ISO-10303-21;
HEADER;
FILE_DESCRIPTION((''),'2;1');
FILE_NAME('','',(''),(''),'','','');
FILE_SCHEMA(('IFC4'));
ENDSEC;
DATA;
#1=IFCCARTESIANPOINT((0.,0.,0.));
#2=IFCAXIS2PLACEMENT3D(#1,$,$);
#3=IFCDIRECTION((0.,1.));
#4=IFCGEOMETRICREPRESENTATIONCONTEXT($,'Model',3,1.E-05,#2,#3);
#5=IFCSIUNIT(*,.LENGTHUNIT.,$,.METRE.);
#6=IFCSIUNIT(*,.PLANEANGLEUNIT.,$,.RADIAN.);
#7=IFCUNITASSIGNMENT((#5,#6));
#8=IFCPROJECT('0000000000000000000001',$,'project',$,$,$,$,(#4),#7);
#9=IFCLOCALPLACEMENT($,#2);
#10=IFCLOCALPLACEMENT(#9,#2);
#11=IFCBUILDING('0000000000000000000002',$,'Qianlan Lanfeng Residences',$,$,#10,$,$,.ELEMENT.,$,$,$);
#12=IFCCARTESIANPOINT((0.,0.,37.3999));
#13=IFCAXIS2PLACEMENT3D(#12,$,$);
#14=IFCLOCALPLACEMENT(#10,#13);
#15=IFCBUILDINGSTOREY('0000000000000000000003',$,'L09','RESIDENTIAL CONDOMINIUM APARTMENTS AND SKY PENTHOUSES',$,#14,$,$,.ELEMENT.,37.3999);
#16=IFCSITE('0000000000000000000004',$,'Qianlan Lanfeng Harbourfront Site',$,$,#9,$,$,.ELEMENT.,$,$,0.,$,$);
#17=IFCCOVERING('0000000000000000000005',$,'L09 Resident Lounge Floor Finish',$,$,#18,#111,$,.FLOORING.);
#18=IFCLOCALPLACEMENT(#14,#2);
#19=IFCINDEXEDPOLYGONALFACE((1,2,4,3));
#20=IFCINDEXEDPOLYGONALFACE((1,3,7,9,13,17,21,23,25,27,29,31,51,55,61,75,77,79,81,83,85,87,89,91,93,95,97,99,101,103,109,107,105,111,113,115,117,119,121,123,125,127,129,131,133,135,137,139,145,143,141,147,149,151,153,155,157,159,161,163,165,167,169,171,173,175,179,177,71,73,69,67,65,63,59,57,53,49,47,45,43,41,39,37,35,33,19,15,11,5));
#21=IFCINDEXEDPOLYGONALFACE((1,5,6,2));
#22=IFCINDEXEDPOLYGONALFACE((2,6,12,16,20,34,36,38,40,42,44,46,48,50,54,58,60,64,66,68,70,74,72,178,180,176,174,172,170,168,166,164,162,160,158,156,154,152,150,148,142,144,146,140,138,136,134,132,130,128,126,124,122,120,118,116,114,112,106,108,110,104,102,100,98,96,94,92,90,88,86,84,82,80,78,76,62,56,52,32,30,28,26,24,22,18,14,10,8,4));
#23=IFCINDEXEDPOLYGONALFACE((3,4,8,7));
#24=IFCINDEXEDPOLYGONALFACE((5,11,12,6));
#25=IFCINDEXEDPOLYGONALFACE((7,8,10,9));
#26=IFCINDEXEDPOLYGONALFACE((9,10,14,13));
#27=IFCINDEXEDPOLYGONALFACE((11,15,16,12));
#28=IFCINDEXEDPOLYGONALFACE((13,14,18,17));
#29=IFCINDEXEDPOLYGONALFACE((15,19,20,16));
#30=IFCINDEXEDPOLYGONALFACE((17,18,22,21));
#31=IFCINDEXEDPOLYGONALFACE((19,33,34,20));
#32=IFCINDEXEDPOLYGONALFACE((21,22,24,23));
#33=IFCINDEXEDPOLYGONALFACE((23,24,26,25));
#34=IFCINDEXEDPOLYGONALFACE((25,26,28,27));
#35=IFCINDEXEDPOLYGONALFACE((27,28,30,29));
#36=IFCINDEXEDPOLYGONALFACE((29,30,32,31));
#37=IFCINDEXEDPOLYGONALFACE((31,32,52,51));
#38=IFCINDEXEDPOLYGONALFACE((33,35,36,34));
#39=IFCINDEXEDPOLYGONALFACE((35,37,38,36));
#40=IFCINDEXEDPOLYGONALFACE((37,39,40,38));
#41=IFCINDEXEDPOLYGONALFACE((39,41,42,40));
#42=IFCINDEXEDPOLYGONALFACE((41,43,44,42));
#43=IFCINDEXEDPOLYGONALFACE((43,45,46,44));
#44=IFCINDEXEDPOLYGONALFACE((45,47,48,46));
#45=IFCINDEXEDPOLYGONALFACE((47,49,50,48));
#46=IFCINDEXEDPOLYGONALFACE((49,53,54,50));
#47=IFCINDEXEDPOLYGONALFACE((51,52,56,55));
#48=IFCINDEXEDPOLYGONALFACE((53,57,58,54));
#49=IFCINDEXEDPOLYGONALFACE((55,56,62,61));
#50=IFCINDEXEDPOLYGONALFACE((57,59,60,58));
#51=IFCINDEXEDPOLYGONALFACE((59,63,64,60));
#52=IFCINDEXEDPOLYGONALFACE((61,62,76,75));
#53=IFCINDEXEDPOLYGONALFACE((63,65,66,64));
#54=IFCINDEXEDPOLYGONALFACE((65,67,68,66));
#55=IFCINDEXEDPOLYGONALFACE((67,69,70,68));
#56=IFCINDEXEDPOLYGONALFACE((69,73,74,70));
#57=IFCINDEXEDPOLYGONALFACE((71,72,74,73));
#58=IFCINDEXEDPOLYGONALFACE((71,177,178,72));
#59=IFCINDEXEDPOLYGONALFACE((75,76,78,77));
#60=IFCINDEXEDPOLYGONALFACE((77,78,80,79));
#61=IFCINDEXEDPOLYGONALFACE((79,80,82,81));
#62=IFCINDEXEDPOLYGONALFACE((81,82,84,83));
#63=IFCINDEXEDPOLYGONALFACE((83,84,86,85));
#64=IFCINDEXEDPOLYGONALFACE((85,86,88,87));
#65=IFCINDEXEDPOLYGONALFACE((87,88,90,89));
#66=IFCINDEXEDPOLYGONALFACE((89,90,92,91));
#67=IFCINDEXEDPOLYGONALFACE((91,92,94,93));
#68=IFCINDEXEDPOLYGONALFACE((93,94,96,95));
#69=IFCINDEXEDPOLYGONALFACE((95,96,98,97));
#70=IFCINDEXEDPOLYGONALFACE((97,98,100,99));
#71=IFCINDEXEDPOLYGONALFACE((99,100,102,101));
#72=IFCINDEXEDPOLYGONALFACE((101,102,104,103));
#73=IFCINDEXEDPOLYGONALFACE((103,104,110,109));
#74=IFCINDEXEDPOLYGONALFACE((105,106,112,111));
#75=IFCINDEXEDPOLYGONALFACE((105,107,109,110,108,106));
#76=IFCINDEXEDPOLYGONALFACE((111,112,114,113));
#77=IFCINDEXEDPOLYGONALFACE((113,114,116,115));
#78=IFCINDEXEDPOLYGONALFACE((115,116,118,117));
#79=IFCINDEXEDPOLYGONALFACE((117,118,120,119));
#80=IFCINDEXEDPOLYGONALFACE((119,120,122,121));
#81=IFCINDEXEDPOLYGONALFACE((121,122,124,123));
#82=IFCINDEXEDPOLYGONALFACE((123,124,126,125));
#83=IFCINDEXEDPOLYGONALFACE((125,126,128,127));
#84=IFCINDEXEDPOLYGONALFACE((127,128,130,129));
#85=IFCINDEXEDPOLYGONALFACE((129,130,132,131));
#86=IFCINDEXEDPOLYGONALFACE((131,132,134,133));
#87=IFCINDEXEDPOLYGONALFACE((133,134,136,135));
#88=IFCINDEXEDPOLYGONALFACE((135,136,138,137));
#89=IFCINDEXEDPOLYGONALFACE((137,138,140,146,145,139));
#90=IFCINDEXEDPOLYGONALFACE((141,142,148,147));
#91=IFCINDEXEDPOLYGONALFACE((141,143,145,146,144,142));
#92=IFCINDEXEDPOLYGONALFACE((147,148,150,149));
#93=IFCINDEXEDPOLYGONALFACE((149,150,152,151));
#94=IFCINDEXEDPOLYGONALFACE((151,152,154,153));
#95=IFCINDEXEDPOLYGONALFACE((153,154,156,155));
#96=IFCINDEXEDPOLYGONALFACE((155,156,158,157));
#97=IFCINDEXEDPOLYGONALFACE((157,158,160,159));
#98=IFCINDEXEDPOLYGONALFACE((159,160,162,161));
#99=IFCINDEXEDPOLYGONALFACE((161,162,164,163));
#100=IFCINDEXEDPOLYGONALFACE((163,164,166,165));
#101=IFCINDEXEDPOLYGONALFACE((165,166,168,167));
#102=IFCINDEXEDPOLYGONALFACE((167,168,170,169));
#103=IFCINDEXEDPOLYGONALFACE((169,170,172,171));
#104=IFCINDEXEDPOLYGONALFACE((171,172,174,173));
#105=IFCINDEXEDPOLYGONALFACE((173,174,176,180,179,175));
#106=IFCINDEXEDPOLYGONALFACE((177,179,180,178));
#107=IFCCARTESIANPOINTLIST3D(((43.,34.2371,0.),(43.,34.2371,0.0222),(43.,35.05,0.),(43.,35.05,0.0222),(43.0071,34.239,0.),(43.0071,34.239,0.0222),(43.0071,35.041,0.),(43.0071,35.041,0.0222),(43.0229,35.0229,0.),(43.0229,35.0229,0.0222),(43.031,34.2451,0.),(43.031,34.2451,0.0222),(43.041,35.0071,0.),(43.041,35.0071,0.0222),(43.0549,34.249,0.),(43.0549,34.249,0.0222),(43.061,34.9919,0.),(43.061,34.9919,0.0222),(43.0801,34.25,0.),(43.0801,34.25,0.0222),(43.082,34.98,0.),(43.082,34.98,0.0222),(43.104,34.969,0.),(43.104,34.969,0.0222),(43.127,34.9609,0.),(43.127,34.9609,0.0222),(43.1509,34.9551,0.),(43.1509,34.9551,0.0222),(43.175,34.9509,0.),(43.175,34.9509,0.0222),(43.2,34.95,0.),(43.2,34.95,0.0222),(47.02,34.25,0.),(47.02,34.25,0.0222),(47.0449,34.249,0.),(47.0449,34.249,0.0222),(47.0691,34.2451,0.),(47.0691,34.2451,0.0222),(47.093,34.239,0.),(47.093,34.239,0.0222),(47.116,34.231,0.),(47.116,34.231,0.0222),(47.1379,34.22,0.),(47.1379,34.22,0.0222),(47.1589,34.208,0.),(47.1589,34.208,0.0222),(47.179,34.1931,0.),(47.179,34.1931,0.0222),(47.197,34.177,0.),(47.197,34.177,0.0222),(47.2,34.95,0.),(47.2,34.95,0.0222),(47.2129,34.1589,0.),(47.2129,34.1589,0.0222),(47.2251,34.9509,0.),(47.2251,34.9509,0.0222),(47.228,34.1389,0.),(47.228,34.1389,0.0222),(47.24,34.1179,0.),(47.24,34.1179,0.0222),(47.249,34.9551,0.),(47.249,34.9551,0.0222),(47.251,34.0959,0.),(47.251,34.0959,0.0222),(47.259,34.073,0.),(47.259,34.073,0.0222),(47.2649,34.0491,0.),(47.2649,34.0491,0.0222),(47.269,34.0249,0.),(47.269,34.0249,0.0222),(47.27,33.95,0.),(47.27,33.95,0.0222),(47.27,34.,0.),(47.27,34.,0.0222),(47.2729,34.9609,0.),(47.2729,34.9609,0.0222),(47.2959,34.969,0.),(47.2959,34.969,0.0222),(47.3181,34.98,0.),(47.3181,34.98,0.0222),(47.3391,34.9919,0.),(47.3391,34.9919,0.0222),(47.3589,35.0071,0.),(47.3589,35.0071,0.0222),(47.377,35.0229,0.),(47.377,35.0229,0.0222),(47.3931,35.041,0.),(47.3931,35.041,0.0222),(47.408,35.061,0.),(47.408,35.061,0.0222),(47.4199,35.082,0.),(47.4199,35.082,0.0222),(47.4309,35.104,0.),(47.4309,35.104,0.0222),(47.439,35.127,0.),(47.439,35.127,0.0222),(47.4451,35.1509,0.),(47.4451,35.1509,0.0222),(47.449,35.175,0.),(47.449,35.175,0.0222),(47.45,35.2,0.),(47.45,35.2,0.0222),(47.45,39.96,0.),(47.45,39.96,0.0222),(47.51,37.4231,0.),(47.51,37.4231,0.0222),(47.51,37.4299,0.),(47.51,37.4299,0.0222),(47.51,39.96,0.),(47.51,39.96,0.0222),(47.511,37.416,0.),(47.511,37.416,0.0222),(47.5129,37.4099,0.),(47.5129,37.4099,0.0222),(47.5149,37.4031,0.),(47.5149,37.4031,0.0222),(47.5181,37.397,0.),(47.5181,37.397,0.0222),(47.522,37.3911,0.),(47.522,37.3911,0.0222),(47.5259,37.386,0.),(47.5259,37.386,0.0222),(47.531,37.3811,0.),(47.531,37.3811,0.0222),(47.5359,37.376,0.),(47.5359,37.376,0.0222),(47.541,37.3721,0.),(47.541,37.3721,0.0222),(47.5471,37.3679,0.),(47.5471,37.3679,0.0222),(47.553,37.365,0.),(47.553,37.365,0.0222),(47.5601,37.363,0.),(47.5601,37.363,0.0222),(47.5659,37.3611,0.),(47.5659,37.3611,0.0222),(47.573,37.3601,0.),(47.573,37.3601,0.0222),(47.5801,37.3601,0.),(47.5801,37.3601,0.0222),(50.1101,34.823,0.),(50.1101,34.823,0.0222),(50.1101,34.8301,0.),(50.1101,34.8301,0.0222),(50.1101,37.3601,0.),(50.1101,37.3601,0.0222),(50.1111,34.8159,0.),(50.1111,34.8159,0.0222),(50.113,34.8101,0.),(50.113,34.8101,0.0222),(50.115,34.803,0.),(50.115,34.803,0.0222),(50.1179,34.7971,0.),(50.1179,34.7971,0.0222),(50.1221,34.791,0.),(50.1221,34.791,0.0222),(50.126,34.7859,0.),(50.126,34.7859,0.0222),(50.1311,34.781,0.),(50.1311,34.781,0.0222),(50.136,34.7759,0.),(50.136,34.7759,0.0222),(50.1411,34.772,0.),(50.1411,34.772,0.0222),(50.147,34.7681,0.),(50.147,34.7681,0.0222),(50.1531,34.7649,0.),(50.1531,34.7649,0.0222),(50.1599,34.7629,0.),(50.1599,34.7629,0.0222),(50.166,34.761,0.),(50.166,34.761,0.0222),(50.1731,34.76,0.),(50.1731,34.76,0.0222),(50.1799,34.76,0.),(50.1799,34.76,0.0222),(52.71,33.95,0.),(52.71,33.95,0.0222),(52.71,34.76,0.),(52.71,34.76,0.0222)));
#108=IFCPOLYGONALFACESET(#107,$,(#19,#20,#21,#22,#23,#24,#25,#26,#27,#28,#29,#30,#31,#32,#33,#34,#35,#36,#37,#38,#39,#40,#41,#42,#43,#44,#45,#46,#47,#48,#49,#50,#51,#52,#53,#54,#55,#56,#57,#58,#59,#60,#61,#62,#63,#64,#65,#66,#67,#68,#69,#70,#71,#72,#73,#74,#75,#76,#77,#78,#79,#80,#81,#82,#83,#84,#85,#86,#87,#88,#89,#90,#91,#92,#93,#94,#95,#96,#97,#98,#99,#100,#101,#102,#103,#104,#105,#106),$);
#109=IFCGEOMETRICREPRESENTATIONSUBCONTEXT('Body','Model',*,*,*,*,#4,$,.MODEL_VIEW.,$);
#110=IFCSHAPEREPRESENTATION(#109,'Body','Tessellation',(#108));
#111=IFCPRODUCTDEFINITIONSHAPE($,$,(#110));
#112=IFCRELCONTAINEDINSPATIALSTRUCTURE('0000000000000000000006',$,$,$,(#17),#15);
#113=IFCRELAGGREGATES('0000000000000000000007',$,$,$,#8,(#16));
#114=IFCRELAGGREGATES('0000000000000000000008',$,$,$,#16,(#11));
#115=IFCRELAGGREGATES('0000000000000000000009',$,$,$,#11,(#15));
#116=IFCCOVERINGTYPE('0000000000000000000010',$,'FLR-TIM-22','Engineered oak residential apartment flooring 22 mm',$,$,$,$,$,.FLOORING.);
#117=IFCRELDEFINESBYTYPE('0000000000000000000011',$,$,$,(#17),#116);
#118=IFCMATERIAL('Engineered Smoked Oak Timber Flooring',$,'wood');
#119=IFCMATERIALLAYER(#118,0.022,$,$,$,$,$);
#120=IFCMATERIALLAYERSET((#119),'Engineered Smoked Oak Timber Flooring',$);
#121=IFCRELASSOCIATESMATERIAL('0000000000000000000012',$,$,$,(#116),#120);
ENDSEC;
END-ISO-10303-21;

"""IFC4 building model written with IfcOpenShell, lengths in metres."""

from ifc_helpers import new_model, si_unit, direction, frame, origin, place, context, subcontext, project, spatial, polyline, outline, extrude, material, layer, layer_set, type_object, element, save


model = new_model("IFC4")

# Units and contexts
model_context = context("Model", 3, precision=1e-05, world=origin(), true_north=direction((0.0, 1.0)))
body_context = subcontext(model_context, "Body", "Model", "MODEL_VIEW")
ifc_project = project(units=[si_unit("LENGTHUNIT", "METRE"), si_unit("PLANEANGLEUNIT", "RADIAN")], contexts=[model_context])

# Site, building, storey
site_placement = place(None, origin())
site = spatial("IfcSite", under=ifc_project, at=site_placement, Name="Qianlan Lanfeng Harbourfront Site", CompositionType="ELEMENT", RefElevation=0.0)
building_placement = place(site_placement, origin())
building = spatial("IfcBuilding", under=site, at=building_placement, Name="Qianlan Lanfeng Residences", CompositionType="ELEMENT")
storey_placement = place(building_placement, frame((0.0, 0.0, 37.3999)))
storey = spatial("IfcBuildingStorey", under=building, at=storey_placement, Name="L09", Description="RESIDENTIAL CONDOMINIUM APARTMENTS AND SKY PENTHOUSES", CompositionType="ELEMENT", Elevation=37.3999)

# Covering
ifc_material_1 = material(Name="Engineered Smoked Oak Timber Flooring", Category="wood")
ifc_layer_1 = layer(ifc_material_1, 0.022)
ifc_layer_set_1 = layer_set([ifc_layer_1], Name="Engineered Smoked Oak Timber Flooring")
covering_type_1 = type_object("IfcCoveringType", Name="FLR-TIM-22", Description="Engineered oak residential apartment flooring 22 mm", PredefinedType="FLOORING", material=ifc_layer_set_1)
covering_1_placement = place(storey_placement, origin())
element("IfcCovering", 1, at=covering_1_placement, inside=storey, type_object=covering_type_1, Name="L09 Resident Lounge Floor Finish", PredefinedType="FLOORING", context=body_context, shape_type="SweptSolid", body=[
    extrude(outline(polyline([(43.0, 34.2371), (43.0071, 34.239), (43.031, 34.2451), (43.0549, 34.249), (43.0801, 34.25), (47.02, 34.25), (47.0449, 34.249), (47.0691, 34.2451), (47.093, 34.239), (47.116, 34.231), (47.1379, 34.22), (47.1589, 34.208), (47.179, 34.1931), (47.197, 34.177), (47.2129, 34.1589), (47.228, 34.1389), (47.24, 34.1179), (47.251, 34.0959), (47.259, 34.073), (47.2649, 34.0491), (47.269, 34.0249), (47.27, 34.0), (47.27, 33.95), (52.71, 33.95), (52.71, 34.76), (50.1799, 34.76), (50.1731, 34.76), (50.166, 34.761), (50.1599, 34.7629), (50.1531, 34.7649), (50.147, 34.7681), (50.1411, 34.772), (50.136, 34.7759), (50.1311, 34.781), (50.126, 34.7859), (50.1221, 34.791), (50.1179, 34.7971), (50.115, 34.803), (50.113, 34.8101), (50.1111, 34.8159), (50.1101, 34.823), (50.1101, 34.8301), (50.1101, 37.3601), (47.5801, 37.3601), (47.573, 37.3601), (47.5659, 37.3611), (47.5601, 37.363), (47.553, 37.365), (47.5471, 37.3679), (47.541, 37.3721), (47.5359, 37.376), (47.531, 37.3811), (47.5259, 37.386), (47.522, 37.3911), (47.5181, 37.397), (47.5149, 37.4031), (47.5129, 37.4099), (47.511, 37.416), (47.51, 37.4231), (47.51, 37.4299), (47.51, 39.96), (47.45, 39.96), (47.45, 35.2), (47.449, 35.175), (47.4451, 35.1509), (47.439, 35.127), (47.4309, 35.104), (47.4199, 35.082), (47.408, 35.061), (47.3931, 35.041), (47.377, 35.0229), (47.3589, 35.0071), (47.3391, 34.9919), (47.3181, 34.98), (47.2959, 34.969), (47.2729, 34.9609), (47.249, 34.9551), (47.2251, 34.9509), (47.2, 34.95), (43.2, 34.95), (43.175, 34.9509), (43.1509, 34.9551), (43.127, 34.9609), (43.104, 34.969), (43.082, 34.98), (43.061, 34.9919), (43.041, 35.0071), (43.0229, 35.0229), (43.0071, 35.041), (43.0, 35.05), (43.0, 34.2371)])), origin(), (0.0, 0.0, 1.0), 0.0222),
])

save(model, "model.ifc")
